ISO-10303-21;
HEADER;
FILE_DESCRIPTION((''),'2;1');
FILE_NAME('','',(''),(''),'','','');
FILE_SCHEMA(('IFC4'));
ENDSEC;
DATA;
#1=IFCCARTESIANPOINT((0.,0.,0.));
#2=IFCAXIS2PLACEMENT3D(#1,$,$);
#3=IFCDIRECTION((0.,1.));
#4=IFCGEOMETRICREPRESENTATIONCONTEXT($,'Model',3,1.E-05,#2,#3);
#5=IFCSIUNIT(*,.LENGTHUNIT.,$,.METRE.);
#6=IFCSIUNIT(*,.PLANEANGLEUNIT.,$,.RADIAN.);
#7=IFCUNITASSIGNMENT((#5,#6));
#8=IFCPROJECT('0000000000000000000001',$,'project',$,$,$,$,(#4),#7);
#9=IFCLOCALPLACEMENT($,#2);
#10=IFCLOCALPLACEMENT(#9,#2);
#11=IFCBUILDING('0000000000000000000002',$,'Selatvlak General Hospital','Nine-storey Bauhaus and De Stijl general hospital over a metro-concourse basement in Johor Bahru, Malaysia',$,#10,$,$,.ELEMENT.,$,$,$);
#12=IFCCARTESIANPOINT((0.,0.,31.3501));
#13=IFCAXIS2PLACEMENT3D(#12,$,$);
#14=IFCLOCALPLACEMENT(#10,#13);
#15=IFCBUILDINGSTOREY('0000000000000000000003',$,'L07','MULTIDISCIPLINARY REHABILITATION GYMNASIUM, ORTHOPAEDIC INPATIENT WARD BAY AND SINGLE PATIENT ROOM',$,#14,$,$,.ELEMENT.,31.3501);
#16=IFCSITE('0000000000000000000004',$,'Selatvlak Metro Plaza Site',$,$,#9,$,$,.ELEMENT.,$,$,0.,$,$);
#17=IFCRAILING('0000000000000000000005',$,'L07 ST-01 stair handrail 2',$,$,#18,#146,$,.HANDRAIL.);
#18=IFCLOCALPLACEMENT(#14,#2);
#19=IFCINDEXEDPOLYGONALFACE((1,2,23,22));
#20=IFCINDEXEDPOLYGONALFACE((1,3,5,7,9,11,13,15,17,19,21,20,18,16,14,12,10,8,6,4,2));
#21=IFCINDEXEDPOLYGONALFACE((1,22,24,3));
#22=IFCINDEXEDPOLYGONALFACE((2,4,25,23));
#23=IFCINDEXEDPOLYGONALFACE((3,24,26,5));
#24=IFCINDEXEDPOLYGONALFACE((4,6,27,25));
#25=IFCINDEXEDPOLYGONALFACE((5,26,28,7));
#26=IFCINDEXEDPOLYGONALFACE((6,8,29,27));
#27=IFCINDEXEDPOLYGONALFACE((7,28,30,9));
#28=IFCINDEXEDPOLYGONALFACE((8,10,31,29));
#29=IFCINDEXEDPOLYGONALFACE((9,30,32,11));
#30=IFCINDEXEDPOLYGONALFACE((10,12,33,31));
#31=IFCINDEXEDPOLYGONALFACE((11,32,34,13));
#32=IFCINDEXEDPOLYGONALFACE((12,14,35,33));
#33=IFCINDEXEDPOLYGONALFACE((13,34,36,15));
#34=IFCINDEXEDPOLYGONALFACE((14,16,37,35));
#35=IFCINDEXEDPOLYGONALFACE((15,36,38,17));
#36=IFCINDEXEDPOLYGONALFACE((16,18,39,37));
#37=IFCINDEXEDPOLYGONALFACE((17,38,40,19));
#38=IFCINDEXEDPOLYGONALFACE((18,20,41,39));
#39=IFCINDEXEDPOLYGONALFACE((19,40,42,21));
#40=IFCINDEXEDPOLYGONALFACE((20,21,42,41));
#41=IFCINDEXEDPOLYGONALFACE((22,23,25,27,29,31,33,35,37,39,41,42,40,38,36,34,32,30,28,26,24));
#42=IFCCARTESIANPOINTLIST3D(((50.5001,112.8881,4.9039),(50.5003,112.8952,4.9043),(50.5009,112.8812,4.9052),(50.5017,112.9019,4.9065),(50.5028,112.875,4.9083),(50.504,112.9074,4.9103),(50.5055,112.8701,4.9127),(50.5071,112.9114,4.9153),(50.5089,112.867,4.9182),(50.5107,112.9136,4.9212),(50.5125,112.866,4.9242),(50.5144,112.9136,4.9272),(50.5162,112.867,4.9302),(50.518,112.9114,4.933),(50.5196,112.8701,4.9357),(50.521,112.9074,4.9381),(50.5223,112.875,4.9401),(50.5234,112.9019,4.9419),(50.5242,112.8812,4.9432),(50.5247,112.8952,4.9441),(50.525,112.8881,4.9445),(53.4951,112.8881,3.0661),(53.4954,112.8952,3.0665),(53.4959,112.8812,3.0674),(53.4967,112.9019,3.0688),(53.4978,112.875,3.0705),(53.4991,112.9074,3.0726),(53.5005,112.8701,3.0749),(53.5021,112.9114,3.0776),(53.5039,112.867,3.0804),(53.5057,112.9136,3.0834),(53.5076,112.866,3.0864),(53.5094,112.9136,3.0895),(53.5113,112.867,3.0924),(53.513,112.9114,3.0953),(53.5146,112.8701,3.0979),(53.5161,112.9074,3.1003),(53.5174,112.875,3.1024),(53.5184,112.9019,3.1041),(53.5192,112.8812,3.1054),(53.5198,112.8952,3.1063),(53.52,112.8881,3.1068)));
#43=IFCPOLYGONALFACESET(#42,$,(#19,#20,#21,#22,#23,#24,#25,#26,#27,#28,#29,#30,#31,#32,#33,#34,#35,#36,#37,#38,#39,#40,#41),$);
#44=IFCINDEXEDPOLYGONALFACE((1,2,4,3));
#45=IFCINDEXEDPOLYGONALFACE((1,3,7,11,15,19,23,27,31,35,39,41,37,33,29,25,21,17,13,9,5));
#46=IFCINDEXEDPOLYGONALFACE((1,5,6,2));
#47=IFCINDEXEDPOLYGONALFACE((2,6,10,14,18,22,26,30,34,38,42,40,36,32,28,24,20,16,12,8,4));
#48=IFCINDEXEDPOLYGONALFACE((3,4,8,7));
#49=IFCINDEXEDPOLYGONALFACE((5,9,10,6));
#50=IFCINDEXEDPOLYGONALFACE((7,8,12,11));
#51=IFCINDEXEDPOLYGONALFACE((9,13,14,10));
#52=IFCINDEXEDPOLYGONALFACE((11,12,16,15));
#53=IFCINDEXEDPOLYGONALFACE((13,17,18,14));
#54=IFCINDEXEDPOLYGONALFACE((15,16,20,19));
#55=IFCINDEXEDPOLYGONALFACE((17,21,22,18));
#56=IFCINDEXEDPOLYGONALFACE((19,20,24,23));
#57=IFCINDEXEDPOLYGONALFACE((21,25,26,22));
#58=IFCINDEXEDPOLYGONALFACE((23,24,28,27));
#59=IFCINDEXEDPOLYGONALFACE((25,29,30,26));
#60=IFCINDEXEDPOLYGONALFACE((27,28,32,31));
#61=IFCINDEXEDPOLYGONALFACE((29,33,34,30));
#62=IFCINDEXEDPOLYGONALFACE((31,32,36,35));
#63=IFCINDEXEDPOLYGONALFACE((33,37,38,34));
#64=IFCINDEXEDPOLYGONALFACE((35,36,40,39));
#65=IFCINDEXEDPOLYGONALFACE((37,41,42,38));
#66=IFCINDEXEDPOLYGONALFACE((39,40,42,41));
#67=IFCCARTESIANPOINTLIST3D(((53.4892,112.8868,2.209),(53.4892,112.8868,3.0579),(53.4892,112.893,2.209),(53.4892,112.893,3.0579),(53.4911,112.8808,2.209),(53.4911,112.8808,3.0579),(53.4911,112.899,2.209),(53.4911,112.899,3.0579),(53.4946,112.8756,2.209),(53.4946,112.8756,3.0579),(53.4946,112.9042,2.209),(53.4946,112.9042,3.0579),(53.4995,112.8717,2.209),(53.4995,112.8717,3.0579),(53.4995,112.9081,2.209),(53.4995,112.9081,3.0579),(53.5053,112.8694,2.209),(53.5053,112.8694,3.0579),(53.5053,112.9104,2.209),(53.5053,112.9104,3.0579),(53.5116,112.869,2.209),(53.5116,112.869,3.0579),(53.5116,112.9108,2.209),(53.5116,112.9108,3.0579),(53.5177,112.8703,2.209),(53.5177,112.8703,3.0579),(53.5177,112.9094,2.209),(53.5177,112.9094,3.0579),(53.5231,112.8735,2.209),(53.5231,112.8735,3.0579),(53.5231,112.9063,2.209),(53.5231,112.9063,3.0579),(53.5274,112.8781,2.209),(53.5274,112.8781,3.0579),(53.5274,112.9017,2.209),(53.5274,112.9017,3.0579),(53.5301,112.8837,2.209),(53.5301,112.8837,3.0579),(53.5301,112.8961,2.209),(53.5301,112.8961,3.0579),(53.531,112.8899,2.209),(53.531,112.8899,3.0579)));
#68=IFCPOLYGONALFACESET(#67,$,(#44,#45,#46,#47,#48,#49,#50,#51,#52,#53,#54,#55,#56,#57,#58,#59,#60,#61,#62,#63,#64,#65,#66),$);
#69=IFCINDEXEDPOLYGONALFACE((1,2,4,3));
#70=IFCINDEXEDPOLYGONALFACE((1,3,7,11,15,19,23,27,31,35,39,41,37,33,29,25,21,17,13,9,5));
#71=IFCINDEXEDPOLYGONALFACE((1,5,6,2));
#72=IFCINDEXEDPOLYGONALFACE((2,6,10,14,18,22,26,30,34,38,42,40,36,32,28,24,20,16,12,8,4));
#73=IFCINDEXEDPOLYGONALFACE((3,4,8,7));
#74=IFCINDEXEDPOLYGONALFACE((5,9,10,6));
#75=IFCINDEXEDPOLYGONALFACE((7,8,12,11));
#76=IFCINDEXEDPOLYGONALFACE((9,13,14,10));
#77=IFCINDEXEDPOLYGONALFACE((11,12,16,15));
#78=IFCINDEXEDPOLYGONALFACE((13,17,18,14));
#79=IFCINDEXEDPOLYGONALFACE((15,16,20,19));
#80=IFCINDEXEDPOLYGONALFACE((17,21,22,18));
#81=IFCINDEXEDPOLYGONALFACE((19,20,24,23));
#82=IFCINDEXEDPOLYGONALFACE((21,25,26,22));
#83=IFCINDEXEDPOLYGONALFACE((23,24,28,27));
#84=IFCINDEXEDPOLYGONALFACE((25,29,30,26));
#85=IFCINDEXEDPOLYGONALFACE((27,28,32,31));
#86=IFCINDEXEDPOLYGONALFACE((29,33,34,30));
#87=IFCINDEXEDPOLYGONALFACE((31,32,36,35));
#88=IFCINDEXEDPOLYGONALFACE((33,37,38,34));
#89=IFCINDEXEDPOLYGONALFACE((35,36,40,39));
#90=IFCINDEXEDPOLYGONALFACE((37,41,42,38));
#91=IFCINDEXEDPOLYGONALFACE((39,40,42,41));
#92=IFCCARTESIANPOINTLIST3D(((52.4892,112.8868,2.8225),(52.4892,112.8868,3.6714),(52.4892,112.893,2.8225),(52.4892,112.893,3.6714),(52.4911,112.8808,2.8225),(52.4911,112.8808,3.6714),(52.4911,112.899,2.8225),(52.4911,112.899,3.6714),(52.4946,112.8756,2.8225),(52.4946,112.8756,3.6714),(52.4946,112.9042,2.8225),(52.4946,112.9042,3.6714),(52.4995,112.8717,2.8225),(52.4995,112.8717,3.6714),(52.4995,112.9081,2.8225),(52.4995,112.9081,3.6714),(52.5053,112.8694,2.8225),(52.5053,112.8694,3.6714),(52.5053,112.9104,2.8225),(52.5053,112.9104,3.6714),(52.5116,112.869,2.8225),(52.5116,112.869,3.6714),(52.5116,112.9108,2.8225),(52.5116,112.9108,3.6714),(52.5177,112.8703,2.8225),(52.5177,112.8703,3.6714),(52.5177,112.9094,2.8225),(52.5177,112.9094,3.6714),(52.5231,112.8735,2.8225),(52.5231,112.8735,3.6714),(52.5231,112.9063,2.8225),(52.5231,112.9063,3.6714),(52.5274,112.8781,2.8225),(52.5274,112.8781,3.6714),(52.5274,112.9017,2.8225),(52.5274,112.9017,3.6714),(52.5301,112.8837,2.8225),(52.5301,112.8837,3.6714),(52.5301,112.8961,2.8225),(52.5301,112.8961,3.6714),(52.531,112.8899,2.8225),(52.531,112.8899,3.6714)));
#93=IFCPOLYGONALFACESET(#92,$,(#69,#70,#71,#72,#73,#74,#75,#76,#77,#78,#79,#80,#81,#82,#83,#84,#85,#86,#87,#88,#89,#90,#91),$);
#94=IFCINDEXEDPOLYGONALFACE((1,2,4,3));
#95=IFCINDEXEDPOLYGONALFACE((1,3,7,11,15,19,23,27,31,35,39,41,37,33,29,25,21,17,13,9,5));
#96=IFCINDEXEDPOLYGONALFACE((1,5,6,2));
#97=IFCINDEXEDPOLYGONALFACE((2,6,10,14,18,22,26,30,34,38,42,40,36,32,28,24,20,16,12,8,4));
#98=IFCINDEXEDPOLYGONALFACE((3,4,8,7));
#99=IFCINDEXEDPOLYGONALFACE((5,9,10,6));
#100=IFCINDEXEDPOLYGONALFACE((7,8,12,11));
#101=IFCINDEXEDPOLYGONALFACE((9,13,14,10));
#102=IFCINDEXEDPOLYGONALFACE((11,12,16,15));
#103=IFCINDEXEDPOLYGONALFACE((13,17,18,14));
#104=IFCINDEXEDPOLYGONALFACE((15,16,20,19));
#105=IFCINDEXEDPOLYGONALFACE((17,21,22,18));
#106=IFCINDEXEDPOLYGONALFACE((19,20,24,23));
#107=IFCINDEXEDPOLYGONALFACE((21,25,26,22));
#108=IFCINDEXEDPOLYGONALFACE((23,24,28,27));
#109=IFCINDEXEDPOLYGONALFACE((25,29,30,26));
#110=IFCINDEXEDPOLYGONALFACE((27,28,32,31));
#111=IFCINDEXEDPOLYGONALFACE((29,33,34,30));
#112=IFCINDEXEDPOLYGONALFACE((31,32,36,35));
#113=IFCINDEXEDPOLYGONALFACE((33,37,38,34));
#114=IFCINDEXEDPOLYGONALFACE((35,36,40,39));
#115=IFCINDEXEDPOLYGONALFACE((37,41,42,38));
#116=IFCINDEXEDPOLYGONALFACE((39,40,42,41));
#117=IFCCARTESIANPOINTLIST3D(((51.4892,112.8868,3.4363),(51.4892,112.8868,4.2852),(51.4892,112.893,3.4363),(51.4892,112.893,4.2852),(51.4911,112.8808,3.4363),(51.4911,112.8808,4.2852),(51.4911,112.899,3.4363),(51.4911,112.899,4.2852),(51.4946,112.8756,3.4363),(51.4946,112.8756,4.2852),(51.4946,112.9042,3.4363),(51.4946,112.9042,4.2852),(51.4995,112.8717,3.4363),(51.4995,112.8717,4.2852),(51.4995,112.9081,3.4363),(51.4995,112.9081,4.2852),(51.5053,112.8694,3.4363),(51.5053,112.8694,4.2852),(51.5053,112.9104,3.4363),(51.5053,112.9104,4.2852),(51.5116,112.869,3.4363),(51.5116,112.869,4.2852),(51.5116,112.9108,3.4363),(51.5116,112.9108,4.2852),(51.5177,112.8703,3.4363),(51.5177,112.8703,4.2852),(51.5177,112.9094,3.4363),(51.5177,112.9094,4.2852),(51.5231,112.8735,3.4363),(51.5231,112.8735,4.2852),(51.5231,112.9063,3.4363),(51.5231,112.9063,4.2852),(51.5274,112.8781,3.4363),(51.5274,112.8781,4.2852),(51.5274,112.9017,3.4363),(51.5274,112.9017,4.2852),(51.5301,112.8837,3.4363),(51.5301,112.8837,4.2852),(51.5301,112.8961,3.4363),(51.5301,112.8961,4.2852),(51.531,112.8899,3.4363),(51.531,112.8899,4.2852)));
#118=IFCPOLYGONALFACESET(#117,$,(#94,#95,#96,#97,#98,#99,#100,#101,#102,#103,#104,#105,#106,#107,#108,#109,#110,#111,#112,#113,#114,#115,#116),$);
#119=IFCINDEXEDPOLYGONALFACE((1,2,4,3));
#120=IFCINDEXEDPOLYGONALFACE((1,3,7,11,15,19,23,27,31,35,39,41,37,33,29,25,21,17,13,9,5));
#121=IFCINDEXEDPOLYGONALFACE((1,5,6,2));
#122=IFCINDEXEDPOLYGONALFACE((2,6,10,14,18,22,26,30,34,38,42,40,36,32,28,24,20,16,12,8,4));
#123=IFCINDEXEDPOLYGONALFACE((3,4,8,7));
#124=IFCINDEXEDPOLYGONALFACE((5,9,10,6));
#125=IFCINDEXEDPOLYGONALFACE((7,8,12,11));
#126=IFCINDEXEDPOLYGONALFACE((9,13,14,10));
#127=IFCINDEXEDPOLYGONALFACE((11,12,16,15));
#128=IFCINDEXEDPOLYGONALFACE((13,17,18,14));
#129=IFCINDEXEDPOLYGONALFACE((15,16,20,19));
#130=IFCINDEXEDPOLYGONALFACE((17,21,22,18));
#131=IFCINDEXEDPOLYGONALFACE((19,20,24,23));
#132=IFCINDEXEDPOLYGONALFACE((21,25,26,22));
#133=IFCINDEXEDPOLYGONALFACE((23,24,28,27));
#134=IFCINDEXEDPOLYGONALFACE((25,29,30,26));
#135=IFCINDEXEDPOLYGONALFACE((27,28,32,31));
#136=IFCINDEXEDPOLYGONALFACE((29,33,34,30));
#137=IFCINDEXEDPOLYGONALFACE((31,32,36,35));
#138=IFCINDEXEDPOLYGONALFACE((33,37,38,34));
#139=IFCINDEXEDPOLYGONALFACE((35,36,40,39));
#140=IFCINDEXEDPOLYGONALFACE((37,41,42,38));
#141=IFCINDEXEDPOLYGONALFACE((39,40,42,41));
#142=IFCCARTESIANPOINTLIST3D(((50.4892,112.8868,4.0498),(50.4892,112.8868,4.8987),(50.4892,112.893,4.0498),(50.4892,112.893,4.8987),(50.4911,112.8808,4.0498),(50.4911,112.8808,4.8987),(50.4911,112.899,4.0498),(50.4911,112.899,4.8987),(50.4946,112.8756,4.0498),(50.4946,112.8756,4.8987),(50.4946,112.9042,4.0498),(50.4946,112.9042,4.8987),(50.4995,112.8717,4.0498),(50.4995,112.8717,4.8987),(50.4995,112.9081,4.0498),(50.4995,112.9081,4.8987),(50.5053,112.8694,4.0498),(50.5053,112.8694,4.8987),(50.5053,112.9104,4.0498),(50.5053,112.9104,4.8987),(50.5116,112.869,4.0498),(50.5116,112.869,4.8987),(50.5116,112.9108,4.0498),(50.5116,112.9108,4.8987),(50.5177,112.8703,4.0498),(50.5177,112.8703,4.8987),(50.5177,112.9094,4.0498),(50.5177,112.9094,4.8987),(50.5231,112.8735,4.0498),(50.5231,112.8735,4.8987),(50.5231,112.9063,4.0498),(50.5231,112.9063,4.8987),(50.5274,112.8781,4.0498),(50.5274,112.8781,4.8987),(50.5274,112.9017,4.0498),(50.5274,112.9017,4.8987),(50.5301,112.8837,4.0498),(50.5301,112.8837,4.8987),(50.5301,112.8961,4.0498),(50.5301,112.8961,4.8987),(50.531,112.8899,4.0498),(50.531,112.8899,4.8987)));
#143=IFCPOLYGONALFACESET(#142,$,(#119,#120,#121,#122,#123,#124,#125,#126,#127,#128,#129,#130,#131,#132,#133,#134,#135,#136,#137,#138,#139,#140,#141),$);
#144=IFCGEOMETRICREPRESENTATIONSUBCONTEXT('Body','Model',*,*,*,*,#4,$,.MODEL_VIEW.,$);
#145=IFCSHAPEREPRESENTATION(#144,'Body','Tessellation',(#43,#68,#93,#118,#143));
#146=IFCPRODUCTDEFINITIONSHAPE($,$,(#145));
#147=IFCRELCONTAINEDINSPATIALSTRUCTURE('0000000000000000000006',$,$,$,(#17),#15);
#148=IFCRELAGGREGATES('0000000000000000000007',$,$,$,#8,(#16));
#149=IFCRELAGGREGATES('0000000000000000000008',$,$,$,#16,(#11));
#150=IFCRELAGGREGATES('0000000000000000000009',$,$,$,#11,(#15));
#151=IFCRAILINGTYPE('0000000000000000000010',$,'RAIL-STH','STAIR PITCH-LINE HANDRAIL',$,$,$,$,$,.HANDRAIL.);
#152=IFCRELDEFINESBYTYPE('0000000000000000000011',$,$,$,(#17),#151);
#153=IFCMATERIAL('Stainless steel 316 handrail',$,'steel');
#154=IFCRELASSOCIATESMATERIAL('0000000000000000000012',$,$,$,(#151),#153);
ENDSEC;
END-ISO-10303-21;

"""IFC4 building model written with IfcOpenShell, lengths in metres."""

from ifc_helpers import new_model, si_unit, direction, frame, origin, origin_2d, place, context, subcontext, project, spatial, circle, extrude, material, type_object, element, save


model = new_model("IFC4")

# Units and contexts
model_context = context("Model", 3, precision=1e-05, world=origin(), true_north=direction((0.0, 1.0)))
body_context = subcontext(model_context, "Body", "Model", "MODEL_VIEW")
ifc_project = project(units=[si_unit("LENGTHUNIT", "METRE"), si_unit("PLANEANGLEUNIT", "RADIAN")], contexts=[model_context])

# Site, building, storey
site_placement = place(None, origin())
site = spatial("IfcSite", under=ifc_project, at=site_placement, Name="Selatvlak Metro Plaza Site", CompositionType="ELEMENT", RefElevation=0.0)
building_placement = place(site_placement, origin())
building = spatial("IfcBuilding", under=site, at=building_placement, Name="Selatvlak General Hospital", Description="Nine-storey Bauhaus and De Stijl general hospital over a metro-concourse basement in Johor Bahru, Malaysia", CompositionType="ELEMENT")
storey_placement = place(building_placement, frame((0.0, 0.0, 31.3501)))
storey = spatial("IfcBuildingStorey", under=building, at=storey_placement, Name="L07", Description="MULTIDISCIPLINARY REHABILITATION GYMNASIUM, ORTHOPAEDIC INPATIENT WARD BAY AND SINGLE PATIENT ROOM", CompositionType="ELEMENT", Elevation=31.3501)

# Railing
ifc_material_1 = material(Name="Stainless steel 316 handrail", Category="steel")
railing_type_1 = type_object("IfcRailingType", Name="RAIL-STH", Description="STAIR PITCH-LINE HANDRAIL", PredefinedType="HANDRAIL", material=ifc_material_1)
railing_1_placement = place(storey_placement, frame((53.51, 112.8899, 2.209)))
element("IfcRailing", 1, at=railing_1_placement, inside=storey, type_object=railing_type_1, Name="L07 ST-01 stair handrail 2", PredefinedType="HANDRAIL", context=body_context, shape_type="SweptSolid", body=[
    extrude(circle(Radius=0.0239, at=origin_2d()), frame((-0.0024, 0.0, 0.8774), z_axis=(-0.852334, 0.0, 0.522998), x_axis=(0.0, -1.0, 0.0)), (0.0, 0.0, 1.0), 3.5139),
    extrude(circle(Radius=0.021, at=origin_2d()), origin(), (0.0, 0.0, 1.0), 0.8489),
    extrude(circle(Radius=0.021, at=origin_2d()), frame((-1.0, 0.0, 0.6135)), (0.0, 0.0, 1.0), 0.8489),
    extrude(circle(Radius=0.021, at=origin_2d()), frame((-2.0, 0.0, 1.2273)), (0.0, 0.0, 1.0), 0.8489),
    extrude(circle(Radius=0.021, at=origin_2d()), frame((-3.0, 0.0, 1.8408)), (0.0, 0.0, 1.0), 0.8489),
])

save(model, "model.ifc")
